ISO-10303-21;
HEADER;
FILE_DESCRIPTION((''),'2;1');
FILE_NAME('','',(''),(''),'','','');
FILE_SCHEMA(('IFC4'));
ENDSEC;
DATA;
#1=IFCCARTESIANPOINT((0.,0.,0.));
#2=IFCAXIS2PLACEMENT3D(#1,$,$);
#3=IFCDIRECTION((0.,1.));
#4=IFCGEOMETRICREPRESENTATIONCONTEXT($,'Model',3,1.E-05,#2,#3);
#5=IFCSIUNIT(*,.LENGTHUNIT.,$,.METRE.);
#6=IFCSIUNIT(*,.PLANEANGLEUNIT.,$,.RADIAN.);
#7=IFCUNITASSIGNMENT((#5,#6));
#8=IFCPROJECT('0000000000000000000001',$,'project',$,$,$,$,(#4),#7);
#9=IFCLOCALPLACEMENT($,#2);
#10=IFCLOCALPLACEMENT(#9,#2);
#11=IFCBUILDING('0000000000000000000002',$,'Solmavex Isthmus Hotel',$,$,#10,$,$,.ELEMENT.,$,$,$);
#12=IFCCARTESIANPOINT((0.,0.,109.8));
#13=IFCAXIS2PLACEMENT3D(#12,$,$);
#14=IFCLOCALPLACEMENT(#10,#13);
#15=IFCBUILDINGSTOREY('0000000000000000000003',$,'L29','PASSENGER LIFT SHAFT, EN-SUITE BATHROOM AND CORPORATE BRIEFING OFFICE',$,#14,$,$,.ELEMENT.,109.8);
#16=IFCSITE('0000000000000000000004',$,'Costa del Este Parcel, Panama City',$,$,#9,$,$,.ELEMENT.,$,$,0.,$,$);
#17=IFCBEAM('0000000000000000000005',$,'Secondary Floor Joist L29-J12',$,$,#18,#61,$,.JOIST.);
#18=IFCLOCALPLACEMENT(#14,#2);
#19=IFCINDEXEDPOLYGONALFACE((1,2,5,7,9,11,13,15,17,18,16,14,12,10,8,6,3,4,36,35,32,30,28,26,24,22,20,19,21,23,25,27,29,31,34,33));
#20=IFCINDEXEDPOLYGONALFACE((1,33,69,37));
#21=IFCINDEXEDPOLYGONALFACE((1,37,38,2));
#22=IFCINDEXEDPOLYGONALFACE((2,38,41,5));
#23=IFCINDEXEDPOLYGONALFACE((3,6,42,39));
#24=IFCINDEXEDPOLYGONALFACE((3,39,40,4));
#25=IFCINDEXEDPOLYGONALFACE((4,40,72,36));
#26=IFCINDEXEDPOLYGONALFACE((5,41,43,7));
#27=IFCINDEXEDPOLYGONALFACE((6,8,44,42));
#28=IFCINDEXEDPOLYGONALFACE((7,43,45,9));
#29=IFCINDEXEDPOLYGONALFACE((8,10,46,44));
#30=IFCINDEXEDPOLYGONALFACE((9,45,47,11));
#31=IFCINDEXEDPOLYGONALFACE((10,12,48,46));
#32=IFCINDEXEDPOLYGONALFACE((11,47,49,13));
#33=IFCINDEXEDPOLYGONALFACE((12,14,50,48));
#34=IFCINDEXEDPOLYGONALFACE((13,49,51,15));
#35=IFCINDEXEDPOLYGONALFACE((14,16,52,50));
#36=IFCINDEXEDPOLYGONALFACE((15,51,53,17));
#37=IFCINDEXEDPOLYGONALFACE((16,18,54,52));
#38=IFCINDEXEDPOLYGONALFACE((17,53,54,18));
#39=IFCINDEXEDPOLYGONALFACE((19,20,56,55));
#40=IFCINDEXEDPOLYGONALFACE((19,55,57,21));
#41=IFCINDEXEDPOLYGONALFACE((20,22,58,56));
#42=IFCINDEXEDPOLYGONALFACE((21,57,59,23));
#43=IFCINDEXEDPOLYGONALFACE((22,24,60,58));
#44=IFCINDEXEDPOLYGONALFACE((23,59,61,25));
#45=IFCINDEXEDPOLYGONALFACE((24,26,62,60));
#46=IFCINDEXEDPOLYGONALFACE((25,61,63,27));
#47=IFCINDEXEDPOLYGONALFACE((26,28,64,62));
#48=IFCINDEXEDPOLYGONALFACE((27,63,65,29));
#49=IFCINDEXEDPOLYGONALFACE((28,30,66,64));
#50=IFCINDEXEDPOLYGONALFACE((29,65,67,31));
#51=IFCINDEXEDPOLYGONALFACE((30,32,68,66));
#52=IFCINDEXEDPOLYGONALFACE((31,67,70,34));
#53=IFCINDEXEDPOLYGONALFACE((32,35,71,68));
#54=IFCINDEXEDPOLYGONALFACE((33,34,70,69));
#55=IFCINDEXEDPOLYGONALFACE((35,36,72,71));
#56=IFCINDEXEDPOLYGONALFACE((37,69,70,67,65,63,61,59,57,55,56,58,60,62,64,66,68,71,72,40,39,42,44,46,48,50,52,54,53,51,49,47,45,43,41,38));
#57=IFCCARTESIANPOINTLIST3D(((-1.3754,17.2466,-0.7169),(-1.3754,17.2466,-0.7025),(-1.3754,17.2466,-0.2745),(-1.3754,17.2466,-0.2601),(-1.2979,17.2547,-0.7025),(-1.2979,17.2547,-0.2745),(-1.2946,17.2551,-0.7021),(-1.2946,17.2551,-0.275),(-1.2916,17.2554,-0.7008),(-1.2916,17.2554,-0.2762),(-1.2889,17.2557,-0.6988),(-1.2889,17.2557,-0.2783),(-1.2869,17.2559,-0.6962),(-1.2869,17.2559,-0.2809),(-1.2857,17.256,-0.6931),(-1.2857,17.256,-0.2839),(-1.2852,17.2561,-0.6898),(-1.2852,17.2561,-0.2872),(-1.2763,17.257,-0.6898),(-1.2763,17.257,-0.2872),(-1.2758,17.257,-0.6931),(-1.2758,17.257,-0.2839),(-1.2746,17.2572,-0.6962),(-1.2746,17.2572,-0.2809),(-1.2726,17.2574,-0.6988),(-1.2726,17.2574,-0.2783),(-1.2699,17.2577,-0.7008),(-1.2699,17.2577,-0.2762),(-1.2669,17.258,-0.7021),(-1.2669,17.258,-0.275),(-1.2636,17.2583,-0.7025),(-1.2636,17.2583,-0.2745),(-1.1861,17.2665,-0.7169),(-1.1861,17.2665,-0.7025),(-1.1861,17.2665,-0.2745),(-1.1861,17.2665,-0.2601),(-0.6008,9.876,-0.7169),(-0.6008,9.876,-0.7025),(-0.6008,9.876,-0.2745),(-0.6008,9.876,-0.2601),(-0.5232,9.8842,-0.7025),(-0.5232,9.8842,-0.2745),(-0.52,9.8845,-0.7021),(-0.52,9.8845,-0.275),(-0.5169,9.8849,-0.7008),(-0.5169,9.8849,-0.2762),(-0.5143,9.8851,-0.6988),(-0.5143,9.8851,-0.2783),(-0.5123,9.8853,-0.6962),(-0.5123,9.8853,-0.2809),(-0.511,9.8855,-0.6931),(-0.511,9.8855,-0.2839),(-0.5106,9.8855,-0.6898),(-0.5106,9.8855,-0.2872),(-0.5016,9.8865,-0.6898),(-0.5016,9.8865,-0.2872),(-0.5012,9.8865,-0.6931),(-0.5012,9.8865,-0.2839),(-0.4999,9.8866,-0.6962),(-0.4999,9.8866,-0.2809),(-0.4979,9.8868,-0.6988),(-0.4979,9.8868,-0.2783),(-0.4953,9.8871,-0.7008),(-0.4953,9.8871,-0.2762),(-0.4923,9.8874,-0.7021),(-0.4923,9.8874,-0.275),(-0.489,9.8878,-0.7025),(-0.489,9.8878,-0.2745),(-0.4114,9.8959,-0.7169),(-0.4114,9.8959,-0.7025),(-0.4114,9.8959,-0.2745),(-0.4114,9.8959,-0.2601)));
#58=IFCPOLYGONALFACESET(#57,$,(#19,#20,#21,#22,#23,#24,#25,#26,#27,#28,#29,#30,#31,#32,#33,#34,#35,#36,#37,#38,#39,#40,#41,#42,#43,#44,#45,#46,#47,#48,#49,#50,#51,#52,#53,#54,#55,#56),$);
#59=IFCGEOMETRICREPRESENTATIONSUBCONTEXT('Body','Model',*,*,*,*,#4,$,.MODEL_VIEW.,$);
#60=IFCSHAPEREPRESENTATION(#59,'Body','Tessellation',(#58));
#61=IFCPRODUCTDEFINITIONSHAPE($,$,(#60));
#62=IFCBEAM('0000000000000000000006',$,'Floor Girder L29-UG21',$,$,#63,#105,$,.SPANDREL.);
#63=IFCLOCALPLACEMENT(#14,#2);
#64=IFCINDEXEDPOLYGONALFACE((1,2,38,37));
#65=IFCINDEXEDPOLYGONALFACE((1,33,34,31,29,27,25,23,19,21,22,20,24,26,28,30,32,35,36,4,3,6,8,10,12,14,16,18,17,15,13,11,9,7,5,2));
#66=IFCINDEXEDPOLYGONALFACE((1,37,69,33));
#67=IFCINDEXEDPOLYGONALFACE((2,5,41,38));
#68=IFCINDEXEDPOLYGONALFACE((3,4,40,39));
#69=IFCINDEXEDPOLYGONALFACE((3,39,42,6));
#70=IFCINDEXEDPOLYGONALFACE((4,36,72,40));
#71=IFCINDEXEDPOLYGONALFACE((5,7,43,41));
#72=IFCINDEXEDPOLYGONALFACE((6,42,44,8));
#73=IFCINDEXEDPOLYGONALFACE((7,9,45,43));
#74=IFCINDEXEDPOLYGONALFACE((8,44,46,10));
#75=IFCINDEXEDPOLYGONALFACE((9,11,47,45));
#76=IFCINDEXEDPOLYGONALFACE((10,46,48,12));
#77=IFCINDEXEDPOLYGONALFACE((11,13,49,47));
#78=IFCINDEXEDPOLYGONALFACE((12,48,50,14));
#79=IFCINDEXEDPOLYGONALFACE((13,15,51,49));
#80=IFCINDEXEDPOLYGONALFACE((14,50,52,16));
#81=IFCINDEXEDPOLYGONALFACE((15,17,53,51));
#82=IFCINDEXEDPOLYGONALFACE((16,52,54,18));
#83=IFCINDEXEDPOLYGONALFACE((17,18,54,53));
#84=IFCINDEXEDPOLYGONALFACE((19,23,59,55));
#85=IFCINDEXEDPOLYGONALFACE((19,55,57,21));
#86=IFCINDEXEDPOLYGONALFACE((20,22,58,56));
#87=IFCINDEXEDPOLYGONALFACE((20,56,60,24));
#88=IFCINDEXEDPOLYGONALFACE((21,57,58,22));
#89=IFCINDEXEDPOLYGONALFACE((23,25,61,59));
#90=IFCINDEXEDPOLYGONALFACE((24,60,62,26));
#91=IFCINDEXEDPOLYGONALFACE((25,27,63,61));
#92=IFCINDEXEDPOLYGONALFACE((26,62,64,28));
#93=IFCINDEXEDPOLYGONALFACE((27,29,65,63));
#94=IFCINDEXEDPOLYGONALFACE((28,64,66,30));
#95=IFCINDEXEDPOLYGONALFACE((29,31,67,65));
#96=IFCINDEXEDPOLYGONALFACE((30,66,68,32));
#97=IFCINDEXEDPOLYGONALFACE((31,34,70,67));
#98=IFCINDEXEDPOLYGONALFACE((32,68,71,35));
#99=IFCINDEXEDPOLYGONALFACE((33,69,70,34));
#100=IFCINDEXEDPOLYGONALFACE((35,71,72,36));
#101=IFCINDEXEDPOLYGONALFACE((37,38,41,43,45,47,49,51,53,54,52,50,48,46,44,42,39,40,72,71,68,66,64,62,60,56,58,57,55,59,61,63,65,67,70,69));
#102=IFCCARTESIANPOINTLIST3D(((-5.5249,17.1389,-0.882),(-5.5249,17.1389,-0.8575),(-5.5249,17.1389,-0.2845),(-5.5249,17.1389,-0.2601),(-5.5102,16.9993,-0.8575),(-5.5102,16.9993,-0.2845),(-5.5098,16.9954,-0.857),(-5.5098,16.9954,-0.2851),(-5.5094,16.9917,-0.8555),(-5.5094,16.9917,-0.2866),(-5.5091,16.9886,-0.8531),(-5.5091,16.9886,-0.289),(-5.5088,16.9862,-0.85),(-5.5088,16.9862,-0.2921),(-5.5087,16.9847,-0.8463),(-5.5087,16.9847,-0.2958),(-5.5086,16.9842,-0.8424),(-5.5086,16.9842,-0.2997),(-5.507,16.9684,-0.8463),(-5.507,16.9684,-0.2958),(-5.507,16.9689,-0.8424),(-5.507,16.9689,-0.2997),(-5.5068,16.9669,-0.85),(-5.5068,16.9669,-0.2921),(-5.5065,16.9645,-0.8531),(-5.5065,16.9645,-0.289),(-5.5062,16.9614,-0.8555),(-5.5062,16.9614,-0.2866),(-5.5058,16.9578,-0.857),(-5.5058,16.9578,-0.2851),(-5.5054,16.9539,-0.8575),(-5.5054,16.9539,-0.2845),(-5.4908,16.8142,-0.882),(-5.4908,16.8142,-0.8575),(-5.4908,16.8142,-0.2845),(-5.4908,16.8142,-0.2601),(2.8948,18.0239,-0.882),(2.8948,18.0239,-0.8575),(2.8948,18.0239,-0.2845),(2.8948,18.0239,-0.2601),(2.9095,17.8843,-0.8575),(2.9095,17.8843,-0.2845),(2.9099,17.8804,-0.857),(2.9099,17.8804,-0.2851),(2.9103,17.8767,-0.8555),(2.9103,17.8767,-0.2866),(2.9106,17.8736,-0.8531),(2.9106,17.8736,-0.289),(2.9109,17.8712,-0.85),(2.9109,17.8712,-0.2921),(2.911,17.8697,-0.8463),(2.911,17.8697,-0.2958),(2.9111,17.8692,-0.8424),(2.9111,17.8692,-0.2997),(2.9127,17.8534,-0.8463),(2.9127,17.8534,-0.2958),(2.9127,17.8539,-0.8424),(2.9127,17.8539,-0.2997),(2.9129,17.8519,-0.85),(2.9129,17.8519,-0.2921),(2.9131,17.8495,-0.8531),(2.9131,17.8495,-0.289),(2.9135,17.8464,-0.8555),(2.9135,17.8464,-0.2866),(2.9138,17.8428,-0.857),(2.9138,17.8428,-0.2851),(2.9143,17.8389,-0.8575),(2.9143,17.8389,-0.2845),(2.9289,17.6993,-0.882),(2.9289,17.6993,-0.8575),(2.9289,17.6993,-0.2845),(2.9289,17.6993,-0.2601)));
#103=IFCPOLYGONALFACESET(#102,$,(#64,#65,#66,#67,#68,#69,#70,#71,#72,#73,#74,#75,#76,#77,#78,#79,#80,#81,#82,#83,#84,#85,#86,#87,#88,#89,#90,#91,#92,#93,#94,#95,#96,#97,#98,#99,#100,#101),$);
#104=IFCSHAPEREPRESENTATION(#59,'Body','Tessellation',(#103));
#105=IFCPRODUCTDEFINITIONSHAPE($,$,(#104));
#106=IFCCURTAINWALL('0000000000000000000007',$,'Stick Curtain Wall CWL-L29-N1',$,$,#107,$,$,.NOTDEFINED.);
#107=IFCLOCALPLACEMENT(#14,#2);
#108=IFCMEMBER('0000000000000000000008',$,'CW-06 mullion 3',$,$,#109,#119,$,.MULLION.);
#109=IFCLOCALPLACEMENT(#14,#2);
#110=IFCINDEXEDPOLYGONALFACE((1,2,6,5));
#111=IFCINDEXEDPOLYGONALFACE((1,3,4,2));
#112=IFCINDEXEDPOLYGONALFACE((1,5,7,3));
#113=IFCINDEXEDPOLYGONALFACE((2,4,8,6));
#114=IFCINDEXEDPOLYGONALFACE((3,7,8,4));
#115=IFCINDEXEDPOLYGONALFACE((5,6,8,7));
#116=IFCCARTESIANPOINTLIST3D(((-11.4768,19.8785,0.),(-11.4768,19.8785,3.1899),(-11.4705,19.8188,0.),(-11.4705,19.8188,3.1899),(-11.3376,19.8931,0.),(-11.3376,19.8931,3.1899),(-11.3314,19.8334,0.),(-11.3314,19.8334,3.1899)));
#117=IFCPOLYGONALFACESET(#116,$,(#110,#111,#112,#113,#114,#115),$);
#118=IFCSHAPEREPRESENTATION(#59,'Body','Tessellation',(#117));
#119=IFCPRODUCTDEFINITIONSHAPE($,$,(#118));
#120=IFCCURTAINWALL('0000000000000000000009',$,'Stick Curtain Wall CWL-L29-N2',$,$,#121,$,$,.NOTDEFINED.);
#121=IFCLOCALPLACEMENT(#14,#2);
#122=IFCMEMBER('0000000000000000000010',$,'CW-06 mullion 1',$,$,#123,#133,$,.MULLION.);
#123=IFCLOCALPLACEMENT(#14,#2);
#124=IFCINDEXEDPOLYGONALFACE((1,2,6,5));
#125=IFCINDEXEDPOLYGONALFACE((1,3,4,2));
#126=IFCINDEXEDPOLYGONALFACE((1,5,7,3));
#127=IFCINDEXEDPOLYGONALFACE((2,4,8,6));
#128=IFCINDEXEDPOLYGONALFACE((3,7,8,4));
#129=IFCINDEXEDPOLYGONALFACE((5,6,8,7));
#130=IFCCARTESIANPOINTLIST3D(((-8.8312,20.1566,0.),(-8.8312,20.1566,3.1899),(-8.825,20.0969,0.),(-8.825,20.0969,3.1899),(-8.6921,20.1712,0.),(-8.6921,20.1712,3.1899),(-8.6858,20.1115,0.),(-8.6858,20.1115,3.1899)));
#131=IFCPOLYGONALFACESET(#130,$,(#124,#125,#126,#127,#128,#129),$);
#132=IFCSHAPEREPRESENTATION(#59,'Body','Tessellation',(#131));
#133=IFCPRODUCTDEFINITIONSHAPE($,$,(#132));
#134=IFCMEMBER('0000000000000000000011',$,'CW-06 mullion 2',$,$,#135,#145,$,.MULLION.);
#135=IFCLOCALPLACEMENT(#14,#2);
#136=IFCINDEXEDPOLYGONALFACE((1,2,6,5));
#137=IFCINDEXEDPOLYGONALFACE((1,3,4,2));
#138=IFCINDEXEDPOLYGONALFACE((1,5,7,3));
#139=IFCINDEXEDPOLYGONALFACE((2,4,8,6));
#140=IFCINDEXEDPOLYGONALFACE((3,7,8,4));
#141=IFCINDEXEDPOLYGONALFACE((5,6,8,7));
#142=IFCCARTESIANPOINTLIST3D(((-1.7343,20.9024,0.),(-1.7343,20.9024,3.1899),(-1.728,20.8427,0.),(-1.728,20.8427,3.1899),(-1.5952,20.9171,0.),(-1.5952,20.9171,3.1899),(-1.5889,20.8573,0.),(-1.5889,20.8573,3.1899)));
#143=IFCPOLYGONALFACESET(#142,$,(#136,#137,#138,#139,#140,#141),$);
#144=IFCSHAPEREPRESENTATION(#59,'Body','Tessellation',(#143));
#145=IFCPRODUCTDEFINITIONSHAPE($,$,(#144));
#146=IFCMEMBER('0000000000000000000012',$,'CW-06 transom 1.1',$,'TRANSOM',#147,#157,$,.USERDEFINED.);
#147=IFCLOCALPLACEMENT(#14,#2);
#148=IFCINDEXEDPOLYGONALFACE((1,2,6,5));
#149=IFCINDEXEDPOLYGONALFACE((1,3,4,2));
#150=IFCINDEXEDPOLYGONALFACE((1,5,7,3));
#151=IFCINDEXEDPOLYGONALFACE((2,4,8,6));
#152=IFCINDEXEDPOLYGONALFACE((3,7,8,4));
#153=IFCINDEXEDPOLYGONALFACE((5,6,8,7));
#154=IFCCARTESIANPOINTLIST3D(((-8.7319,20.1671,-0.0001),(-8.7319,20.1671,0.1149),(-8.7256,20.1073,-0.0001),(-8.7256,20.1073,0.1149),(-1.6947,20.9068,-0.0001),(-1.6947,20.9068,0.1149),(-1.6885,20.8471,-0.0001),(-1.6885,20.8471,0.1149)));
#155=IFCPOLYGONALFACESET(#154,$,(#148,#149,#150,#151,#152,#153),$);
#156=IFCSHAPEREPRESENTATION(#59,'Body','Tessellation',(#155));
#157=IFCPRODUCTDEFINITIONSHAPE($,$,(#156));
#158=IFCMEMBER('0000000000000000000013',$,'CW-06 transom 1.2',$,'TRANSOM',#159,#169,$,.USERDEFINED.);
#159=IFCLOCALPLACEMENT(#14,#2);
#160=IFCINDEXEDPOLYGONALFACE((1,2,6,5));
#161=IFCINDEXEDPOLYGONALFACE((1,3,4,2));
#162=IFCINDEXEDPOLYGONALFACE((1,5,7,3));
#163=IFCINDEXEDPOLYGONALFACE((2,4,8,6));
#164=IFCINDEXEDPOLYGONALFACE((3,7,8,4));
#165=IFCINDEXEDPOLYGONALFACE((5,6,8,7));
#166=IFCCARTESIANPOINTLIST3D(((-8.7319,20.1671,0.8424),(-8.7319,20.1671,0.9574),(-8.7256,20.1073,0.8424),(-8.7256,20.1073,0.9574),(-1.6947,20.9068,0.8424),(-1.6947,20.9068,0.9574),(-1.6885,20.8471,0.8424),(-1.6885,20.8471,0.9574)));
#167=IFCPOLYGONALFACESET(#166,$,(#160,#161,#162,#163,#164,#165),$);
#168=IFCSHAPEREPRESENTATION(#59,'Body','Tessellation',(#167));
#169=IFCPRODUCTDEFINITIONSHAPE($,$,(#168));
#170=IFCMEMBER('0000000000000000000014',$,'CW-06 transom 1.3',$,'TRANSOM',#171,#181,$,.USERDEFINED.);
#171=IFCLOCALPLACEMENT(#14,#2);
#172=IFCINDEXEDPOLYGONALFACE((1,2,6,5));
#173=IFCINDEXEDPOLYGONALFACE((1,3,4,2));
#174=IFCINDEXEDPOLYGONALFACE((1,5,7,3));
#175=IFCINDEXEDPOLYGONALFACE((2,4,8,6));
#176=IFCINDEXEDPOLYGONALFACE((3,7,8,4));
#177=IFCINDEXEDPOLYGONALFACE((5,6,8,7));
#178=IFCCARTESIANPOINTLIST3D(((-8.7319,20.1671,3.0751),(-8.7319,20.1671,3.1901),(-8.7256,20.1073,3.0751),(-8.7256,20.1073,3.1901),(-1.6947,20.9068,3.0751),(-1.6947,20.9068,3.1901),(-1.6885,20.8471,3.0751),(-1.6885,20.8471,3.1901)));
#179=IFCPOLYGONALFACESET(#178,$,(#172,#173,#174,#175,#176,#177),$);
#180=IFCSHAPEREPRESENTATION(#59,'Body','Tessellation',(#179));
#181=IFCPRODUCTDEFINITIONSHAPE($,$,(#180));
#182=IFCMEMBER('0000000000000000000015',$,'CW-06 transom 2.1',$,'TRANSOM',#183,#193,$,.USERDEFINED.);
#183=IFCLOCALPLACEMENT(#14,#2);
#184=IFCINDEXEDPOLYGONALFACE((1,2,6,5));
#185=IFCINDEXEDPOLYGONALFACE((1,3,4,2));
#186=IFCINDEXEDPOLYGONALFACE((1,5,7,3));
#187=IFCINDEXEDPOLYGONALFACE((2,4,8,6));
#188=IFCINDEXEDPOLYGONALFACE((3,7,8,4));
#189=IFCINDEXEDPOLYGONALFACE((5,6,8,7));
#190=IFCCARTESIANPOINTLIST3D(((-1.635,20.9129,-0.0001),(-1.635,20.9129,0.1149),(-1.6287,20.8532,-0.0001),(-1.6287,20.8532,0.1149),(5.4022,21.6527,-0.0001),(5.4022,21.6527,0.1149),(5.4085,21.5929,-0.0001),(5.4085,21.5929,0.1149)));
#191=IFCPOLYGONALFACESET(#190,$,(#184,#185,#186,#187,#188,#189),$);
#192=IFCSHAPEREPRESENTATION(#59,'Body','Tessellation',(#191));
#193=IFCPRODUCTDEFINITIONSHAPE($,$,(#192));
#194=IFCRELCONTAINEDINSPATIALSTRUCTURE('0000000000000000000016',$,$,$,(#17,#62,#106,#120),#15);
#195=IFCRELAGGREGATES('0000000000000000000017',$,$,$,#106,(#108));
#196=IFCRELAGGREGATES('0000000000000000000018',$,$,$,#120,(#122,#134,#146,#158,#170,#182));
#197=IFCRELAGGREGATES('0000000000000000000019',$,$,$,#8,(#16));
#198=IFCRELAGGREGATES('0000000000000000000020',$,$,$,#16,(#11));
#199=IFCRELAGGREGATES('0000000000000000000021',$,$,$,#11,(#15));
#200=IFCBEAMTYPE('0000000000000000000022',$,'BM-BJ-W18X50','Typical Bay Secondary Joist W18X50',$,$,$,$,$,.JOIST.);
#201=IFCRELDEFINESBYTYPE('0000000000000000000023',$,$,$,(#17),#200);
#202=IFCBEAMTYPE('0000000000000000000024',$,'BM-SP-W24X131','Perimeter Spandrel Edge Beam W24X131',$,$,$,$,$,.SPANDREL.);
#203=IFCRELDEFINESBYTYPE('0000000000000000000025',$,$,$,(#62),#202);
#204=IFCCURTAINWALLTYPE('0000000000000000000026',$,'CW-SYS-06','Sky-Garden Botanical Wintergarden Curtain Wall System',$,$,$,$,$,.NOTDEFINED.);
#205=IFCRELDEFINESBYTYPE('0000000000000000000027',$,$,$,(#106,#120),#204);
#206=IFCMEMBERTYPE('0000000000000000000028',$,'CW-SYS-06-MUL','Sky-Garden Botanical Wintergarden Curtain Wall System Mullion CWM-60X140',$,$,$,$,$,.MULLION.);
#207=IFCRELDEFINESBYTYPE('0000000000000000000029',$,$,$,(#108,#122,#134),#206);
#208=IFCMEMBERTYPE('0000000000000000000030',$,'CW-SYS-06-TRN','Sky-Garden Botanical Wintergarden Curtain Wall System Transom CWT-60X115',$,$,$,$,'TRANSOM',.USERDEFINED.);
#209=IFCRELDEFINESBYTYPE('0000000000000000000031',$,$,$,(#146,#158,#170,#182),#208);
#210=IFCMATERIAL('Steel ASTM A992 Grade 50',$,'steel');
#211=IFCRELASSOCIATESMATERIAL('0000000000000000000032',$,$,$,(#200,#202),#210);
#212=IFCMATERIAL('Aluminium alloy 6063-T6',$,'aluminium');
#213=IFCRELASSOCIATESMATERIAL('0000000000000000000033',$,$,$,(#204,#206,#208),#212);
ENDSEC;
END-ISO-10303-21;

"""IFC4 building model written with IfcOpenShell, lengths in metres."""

from ifc_helpers import new_model, si_unit, direction, frame, origin, origin_2d, place, context, subcontext, project, spatial, rectangle, i_section, extrude, material, material_profile, profile_set, type_object, element, aggregate, save


model = new_model("IFC4")

# Units and contexts
model_context = context("Model", 3, precision=1e-05, world=origin(), true_north=direction((0.0, 1.0)))
body_context = subcontext(model_context, "Body", "Model", "MODEL_VIEW")
ifc_project = project(units=[si_unit("LENGTHUNIT", "METRE"), si_unit("PLANEANGLEUNIT", "RADIAN")], contexts=[model_context])

# Site, building, storey
site_placement = place(None, origin())
site = spatial("IfcSite", under=ifc_project, at=site_placement, Name="Costa del Este Parcel, Panama City", CompositionType="ELEMENT", RefElevation=0.0)
building_placement = place(site_placement, origin())
building = spatial("IfcBuilding", under=site, at=building_placement, Name="Solmavex Isthmus Hotel", CompositionType="ELEMENT")
storey_placement = place(building_placement, frame((0.0, 0.0, 109.8)))
storey = spatial("IfcBuildingStorey", under=building, at=storey_placement, Name="L29", Description="PASSENGER LIFT SHAFT, EN-SUITE BATHROOM AND CORPORATE BRIEFING OFFICE", CompositionType="ELEMENT", Elevation=109.8)

# Beams
ifc_material_1 = material(Name="Steel ASTM A992 Grade 50", Category="steel")
ifc_material_profile_1 = material_profile(ifc_material_1, i_section(OverallWidth=0.1904, OverallDepth=0.4568, WebThickness=0.009, FlangeThickness=0.0144, FilletRadius=0.0127, at=origin_2d()), Name="W18X50")
ifc_profile_set_1 = profile_set([ifc_material_profile_1], Name="Steel ASTM A992 Grade 50")
beam_type_1 = type_object("IfcBeamType", Name="BM-BJ-W18X50", Description="Typical Bay Secondary Joist W18X50", PredefinedType="JOIST", material=ifc_profile_set_1)
beam_1_placement = place(storey_placement, frame((-0.5061, 9.886, -0.4885), z_axis=(-0.104525, 0.994522, 0.0), x_axis=(-0.994522, -0.104525, 0.0)))
element("IfcBeam", 1, at=beam_1_placement, inside=storey, type_object=beam_type_1, Name="Secondary Floor Joist L29-J12", PredefinedType="JOIST", context=body_context, shape_type="SweptSolid", body=[
    extrude(i_section(OverallWidth=0.1904, OverallDepth=0.4568, WebThickness=0.009, FlangeThickness=0.0144, FilletRadius=0.0127, at=origin_2d()), origin(), (0.0, 0.0, 1.0), 7.4111),
])
ifc_material_profile_2 = material_profile(ifc_material_1, i_section(OverallWidth=0.3264, OverallDepth=0.6218, WebThickness=0.0154, FlangeThickness=0.0244, FilletRadius=0.0151, at=origin_2d()), Name="W24X131")
ifc_profile_set_2 = profile_set([ifc_material_profile_2], Name="Steel ASTM A992 Grade 50")
beam_type_2 = type_object("IfcBeamType", Name="BM-SP-W24X131", Description="Perimeter Spandrel Edge Beam W24X131", PredefinedType="SPANDREL", material=ifc_profile_set_2)
beam_2_placement = place(storey_placement, frame((-5.5078, 16.9766, -0.571), z_axis=(0.994521, 0.104536, 0.0), x_axis=(-0.104536, 0.994521, 0.0)))
element("IfcBeam", 2, at=beam_2_placement, inside=storey, type_object=beam_type_2, Name="Floor Girder L29-UG21", PredefinedType="SPANDREL", context=body_context, shape_type="SweptSolid", body=[
    extrude(i_section(OverallWidth=0.3264, OverallDepth=0.6218, WebThickness=0.0154, FlangeThickness=0.0244, FilletRadius=0.0151, at=origin_2d()), origin(), (0.0, 0.0, 1.0), 8.4661),
])

# Curtain wall, member
ifc_material_2 = material(Name="Aluminium alloy 6063-T6", Category="aluminium")
curtain_wall_type = type_object("IfcCurtainWallType", Name="CW-SYS-06", Description="Sky-Garden Botanical Wintergarden Curtain Wall System", PredefinedType="NOTDEFINED", material=ifc_material_2)
curtain_wall_1_placement = place(storey_placement, origin())
curtain_wall_1 = element("IfcCurtainWall", 3, at=curtain_wall_1_placement, inside=storey, type_object=curtain_wall_type, Name="Stick Curtain Wall CWL-L29-N1", PredefinedType="NOTDEFINED")
ifc_material_profile_3 = material_profile(ifc_material_2, rectangle(XDim=0.0601, YDim=0.1399, at=origin_2d()), Name="CWM-60X140")
ifc_profile_set_3 = profile_set([ifc_material_profile_3], Name="Aluminium alloy 6063-T6")
member_type_1 = type_object("IfcMemberType", Name="CW-SYS-06-MUL", Description="Sky-Garden Botanical Wintergarden Curtain Wall System Mullion CWM-60X140", PredefinedType="MULLION", material=ifc_profile_set_3)
member_1_placement = place(storey_placement, frame((-11.4041, 19.856, 0.0), z_axis=(0.0, 0.0, 1.0), x_axis=(-0.104528, 0.994522, 0.0)))
member_1 = element("IfcMember", 4, at=member_1_placement, type_object=member_type_1, Name="CW-06 mullion 3", PredefinedType="MULLION", context=body_context, shape_type="SweptSolid", body=[
    extrude(rectangle(XDim=0.0601, YDim=0.1399, at=origin_2d()), origin(), (0.0, 0.0, 1.0), 3.1899),
])
aggregate(curtain_wall_1, [member_1])

# Curtain wall, members
curtain_wall_2_placement = place(storey_placement, origin())
curtain_wall_2 = element("IfcCurtainWall", 5, at=curtain_wall_2_placement, inside=storey, type_object=curtain_wall_type, Name="Stick Curtain Wall CWL-L29-N2", PredefinedType="NOTDEFINED")
member_2_placement = place(storey_placement, frame((-8.7585, 20.134, 0.0), z_axis=(0.0, 0.0, 1.0), x_axis=(-0.104528, 0.994522, 0.0)))
member_2 = element("IfcMember", 6, at=member_2_placement, type_object=member_type_1, Name="CW-06 mullion 1", PredefinedType="MULLION", context=body_context, shape_type="SweptSolid", body=[
    extrude(rectangle(XDim=0.0601, YDim=0.1399, at=origin_2d()), origin(), (0.0, 0.0, 1.0), 3.1899),
])
member_3_placement = place(storey_placement, frame((-1.6616, 20.8799, 0.0), z_axis=(0.0, 0.0, 1.0), x_axis=(-0.104528, 0.994522, 0.0)))
member_3 = element("IfcMember", 7, at=member_3_placement, type_object=member_type_1, Name="CW-06 mullion 2", PredefinedType="MULLION", context=body_context, shape_type="SweptSolid", body=[
    extrude(rectangle(XDim=0.0601, YDim=0.1399, at=origin_2d()), origin(), (0.0, 0.0, 1.0), 3.1899),
])
ifc_material_profile_4 = material_profile(ifc_material_2, rectangle(XDim=0.0601, YDim=0.115, at=origin_2d()), Name="CWT-60X115")
ifc_profile_set_4 = profile_set([ifc_material_profile_4], Name="Aluminium alloy 6063-T6")
member_type_2 = type_object("IfcMemberType", Name="CW-SYS-06-TRN", Description="Sky-Garden Botanical Wintergarden Curtain Wall System Transom CWT-60X115", ElementType="TRANSOM", PredefinedType="USERDEFINED", material=ifc_profile_set_4)
member_4_placement = place(storey_placement, frame((-8.7288, 20.1372, 0.0574), z_axis=(0.99452, 0.104545, 0.0), x_axis=(-0.104545, 0.99452, 0.0)))
member_4 = element("IfcMember", 8, at=member_4_placement, type_object=member_type_2, Name="CW-06 transom 1.1", ObjectType="TRANSOM", PredefinedType="USERDEFINED", context=body_context, shape_type="SweptSolid", body=[
    extrude(rectangle(XDim=0.0601, YDim=0.115, at=origin_2d()), origin(), (0.0, 0.0, 1.0), 7.0759),
])
member_5_placement = place(storey_placement, frame((-8.7288, 20.1372, 0.8999), z_axis=(0.99452, 0.104545, 0.0), x_axis=(-0.104545, 0.99452, 0.0)))
member_5 = element("IfcMember", 9, at=member_5_placement, type_object=member_type_2, Name="CW-06 transom 1.2", ObjectType="TRANSOM", PredefinedType="USERDEFINED", context=body_context, shape_type="SweptSolid", body=[
    extrude(rectangle(XDim=0.0601, YDim=0.115, at=origin_2d()), origin(), (0.0, 0.0, 1.0), 7.0759),
])
member_6_placement = place(storey_placement, frame((-8.7288, 20.1372, 3.1326), z_axis=(0.99452, 0.104545, 0.0), x_axis=(-0.104545, 0.99452, 0.0)))
member_6 = element("IfcMember", 10, at=member_6_placement, type_object=member_type_2, Name="CW-06 transom 1.3", ObjectType="TRANSOM", PredefinedType="USERDEFINED", context=body_context, shape_type="SweptSolid", body=[
    extrude(rectangle(XDim=0.0601, YDim=0.115, at=origin_2d()), origin(), (0.0, 0.0, 1.0), 7.0759),
])
member_7_placement = place(storey_placement, frame((-1.6318, 20.8831, 0.0574), z_axis=(0.99452, 0.104545, 0.0), x_axis=(-0.104545, 0.99452, 0.0)))
member_7 = element("IfcMember", 11, at=member_7_placement, type_object=member_type_2, Name="CW-06 transom 2.1", ObjectType="TRANSOM", PredefinedType="USERDEFINED", context=body_context, shape_type="SweptSolid", body=[
    extrude(rectangle(XDim=0.0601, YDim=0.115, at=origin_2d()), origin(), (0.0, 0.0, 1.0), 7.0759),
])
aggregate(curtain_wall_2, [member_2, member_3, member_4, member_5, member_6, member_7])

save(model, "model.ifc")
